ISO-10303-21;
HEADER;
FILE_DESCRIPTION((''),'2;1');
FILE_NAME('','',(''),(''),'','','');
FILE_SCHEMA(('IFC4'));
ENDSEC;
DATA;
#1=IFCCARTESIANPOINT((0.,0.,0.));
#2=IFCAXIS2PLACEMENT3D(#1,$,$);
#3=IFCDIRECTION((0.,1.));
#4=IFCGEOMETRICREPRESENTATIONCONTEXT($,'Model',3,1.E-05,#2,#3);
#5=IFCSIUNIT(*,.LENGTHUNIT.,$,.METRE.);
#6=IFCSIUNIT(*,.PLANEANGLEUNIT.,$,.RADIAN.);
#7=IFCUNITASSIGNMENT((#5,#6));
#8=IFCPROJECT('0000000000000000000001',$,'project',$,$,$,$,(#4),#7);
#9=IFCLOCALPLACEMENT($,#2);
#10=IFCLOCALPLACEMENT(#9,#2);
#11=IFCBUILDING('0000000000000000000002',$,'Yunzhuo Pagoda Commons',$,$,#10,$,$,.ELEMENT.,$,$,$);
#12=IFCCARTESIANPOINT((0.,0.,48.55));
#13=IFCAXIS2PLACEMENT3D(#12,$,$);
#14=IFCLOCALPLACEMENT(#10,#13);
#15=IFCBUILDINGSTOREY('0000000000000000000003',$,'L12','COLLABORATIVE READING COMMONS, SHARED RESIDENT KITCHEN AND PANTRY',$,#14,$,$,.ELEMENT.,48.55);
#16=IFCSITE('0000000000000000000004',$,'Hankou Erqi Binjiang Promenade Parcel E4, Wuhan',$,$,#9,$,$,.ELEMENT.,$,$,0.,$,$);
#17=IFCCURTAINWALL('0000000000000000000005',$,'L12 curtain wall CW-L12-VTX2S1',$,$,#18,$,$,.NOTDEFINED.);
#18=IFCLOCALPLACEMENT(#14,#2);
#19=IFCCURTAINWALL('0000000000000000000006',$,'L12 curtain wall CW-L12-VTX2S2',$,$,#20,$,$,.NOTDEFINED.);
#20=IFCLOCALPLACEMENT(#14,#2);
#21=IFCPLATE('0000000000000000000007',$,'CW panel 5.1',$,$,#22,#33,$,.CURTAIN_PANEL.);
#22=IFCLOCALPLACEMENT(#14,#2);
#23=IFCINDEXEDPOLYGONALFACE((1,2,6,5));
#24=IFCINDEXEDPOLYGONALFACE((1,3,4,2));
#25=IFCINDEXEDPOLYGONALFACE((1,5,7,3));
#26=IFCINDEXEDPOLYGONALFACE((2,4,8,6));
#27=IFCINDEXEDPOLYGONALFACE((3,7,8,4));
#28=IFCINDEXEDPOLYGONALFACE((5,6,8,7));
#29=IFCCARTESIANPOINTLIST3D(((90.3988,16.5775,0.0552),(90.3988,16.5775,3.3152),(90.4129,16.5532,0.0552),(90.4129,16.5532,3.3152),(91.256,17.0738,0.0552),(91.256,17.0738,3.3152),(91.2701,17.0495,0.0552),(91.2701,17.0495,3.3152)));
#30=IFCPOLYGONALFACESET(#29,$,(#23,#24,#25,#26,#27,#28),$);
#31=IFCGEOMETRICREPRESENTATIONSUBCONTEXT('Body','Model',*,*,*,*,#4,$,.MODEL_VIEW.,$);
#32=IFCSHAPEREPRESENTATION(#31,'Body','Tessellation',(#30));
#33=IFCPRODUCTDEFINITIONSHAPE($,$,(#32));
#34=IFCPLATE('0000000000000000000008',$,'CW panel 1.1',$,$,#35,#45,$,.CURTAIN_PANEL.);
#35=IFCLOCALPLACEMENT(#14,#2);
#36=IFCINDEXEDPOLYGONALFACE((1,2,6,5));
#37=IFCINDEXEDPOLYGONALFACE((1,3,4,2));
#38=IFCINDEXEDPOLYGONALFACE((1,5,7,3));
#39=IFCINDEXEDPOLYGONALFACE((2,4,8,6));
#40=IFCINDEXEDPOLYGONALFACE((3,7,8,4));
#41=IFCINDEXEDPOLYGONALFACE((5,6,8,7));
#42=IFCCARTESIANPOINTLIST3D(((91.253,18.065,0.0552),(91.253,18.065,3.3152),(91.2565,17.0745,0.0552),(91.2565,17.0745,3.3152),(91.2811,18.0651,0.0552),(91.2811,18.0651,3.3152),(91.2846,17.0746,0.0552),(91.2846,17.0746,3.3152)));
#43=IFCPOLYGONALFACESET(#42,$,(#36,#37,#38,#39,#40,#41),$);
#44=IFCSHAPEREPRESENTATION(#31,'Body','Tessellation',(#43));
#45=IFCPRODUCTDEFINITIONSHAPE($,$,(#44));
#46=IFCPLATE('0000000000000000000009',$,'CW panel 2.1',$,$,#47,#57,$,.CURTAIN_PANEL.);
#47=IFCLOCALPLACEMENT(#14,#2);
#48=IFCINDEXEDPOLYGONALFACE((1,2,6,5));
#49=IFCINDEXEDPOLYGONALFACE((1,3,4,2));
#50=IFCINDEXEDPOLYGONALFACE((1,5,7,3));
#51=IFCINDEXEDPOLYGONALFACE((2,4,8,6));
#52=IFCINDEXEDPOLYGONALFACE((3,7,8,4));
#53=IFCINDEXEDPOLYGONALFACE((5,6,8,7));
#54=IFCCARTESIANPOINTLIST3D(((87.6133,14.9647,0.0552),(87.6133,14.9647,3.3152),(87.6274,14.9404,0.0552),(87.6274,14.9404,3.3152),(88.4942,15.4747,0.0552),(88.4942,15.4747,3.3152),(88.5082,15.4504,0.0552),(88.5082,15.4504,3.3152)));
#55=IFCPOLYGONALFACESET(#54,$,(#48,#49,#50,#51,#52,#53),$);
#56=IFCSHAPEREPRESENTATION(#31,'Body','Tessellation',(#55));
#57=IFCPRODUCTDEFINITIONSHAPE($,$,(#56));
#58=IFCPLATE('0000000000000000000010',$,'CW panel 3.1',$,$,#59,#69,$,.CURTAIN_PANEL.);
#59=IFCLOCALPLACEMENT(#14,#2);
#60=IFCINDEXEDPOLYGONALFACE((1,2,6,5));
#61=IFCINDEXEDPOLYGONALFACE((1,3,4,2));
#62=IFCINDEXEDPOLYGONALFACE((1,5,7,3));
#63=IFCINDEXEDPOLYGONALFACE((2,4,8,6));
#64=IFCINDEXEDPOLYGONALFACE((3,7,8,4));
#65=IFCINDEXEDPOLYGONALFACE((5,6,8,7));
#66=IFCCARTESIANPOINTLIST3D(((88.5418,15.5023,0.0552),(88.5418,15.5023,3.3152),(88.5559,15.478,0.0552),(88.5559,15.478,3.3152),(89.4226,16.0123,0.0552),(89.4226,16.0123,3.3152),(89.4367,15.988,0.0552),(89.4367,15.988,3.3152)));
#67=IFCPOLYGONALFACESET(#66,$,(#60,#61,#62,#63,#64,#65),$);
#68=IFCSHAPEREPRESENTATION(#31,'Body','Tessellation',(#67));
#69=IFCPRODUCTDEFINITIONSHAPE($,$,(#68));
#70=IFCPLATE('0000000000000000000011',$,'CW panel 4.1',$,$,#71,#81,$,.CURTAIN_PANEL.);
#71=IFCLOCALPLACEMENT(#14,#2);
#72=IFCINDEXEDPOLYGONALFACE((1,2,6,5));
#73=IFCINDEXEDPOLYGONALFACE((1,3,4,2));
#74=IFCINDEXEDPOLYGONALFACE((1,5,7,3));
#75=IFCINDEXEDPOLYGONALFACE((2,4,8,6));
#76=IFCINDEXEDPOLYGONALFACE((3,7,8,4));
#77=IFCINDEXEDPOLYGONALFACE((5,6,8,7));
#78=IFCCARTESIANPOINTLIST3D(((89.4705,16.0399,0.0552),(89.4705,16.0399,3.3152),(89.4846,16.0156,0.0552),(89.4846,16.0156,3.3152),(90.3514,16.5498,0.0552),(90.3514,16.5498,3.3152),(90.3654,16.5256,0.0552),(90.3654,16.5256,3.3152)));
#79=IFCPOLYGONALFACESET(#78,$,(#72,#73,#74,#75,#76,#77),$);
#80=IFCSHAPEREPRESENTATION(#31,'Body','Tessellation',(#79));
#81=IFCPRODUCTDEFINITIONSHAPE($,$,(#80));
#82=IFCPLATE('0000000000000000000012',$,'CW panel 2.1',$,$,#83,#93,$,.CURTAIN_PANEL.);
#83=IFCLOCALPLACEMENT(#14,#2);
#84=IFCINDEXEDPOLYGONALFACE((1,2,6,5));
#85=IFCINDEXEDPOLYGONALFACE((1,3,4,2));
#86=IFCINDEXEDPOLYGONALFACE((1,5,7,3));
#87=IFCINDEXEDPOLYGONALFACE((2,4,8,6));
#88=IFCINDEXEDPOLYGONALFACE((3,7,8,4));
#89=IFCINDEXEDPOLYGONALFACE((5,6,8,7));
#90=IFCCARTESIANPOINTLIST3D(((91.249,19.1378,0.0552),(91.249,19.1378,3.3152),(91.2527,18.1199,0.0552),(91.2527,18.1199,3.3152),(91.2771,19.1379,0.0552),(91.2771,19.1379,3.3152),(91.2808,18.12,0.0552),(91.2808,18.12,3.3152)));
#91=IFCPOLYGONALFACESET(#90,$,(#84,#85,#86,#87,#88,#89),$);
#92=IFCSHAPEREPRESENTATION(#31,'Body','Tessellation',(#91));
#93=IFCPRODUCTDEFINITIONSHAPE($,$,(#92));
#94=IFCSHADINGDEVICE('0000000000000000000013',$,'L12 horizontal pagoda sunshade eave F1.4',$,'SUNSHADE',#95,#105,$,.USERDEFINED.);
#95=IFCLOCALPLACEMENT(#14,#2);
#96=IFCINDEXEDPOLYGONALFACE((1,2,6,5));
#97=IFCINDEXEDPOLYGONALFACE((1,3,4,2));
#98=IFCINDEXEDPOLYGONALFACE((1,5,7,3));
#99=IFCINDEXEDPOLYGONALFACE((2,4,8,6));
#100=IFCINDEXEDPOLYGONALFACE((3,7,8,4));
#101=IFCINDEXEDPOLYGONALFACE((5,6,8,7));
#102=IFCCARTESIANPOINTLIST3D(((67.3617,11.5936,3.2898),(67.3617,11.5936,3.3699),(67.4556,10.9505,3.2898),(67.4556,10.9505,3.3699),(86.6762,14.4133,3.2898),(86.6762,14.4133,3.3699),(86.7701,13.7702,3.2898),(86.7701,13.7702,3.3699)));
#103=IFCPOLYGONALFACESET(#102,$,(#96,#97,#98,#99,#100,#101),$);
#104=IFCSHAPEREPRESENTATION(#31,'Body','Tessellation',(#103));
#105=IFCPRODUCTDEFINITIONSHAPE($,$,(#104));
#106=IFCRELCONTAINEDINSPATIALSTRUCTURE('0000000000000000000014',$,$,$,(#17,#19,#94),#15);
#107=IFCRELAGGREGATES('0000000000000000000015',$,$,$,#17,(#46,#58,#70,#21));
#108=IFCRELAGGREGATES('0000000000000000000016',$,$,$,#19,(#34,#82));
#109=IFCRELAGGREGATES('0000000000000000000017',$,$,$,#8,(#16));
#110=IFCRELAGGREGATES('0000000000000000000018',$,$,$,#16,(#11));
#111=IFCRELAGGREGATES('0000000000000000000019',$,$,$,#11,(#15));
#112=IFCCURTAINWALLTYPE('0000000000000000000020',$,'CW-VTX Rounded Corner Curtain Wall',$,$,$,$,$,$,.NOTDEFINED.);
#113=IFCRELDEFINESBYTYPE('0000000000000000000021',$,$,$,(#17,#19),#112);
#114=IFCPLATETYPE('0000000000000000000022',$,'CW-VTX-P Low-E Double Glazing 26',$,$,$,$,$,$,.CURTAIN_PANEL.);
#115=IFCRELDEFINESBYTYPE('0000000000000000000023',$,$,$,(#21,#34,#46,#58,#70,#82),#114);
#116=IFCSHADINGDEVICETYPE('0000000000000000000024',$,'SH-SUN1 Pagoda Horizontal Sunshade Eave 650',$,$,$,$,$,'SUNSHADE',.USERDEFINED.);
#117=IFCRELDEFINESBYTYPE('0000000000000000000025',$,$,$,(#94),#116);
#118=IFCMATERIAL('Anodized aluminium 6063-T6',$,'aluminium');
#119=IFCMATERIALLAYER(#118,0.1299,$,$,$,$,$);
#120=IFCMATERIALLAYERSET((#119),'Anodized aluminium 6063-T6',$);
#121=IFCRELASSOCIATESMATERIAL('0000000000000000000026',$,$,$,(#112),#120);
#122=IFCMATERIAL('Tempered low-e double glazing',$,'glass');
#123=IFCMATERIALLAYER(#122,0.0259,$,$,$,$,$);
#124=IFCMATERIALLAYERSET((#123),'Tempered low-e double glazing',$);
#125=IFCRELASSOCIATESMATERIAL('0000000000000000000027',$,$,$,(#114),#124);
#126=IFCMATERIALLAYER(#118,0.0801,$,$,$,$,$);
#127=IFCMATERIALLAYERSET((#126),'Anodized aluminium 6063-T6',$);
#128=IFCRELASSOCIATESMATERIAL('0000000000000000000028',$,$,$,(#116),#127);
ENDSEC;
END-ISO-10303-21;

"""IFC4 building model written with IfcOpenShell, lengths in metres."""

from ifc_helpers import new_model, si_unit, direction, frame, origin, origin_2d, place, context, subcontext, project, spatial, rectangle, extrude, source, transform, mapped, material, layer, layer_set, type_object, element, aggregate, save


model = new_model("IFC4")

# Units and contexts
model_context = context("Model", 3, precision=1e-05, world=origin(), true_north=direction((0.0, 1.0)))
body_context = subcontext(model_context, "Body", "Model", "MODEL_VIEW")
ifc_project = project(units=[si_unit("LENGTHUNIT", "METRE"), si_unit("PLANEANGLEUNIT", "RADIAN")], contexts=[model_context])

# Site, building, storey
site_placement = place(None, origin())
site = spatial("IfcSite", under=ifc_project, at=site_placement, Name="Hankou Erqi Binjiang Promenade Parcel E4, Wuhan", CompositionType="ELEMENT", RefElevation=0.0)
building_placement = place(site_placement, origin())
building = spatial("IfcBuilding", under=site, at=building_placement, Name="Yunzhuo Pagoda Commons", CompositionType="ELEMENT")
storey_placement = place(building_placement, frame((0.0, 0.0, 48.55)))
storey = spatial("IfcBuildingStorey", under=building, at=storey_placement, Name="L12", Description="COLLABORATIVE READING COMMONS, SHARED RESIDENT KITCHEN AND PANTRY", CompositionType="ELEMENT", Elevation=48.55)

# Shared definitions
ifc_material_1 = material(Name="Anodized aluminium 6063-T6", Category="aluminium")

# Curtain wall
ifc_layer_1 = layer(ifc_material_1, 0.1299)
ifc_layer_set_1 = layer_set([ifc_layer_1], Name="Anodized aluminium 6063-T6")
curtain_wall_type_1 = type_object("IfcCurtainWallType", Name="CW-VTX Rounded Corner Curtain Wall", PredefinedType="NOTDEFINED", material=ifc_layer_set_1)
curtain_wall_1_placement = place(storey_placement, origin())
curtain_wall_1 = element("IfcCurtainWall", 1, at=curtain_wall_1_placement, inside=storey, type_object=curtain_wall_type_1, Name="L12 curtain wall CW-L12-VTX2S1", PredefinedType="NOTDEFINED")

# Curtain wall
curtain_wall_2_placement = place(storey_placement, origin())
curtain_wall_2 = element("IfcCurtainWall", 2, at=curtain_wall_2_placement, inside=storey, type_object=curtain_wall_type_1, Name="L12 curtain wall CW-L12-VTX2S2", PredefinedType="NOTDEFINED")

# Plates
ifc_material_2 = material(Name="Tempered low-e double glazing", Category="glass")
ifc_layer_2 = layer(ifc_material_2, 0.0259)
ifc_layer_set_2 = layer_set([ifc_layer_2], Name="Tempered low-e double glazing")
plate_type = type_object("IfcPlateType", Name="CW-VTX-P Low-E Double Glazing 26", PredefinedType="CURTAIN_PANEL", material=ifc_layer_set_2)
shared_shape_1 = source(origin(), body_context, "Body", "SweptSolid", [
    extrude(rectangle(XDim=0.9905, YDim=0.0281, at=origin_2d()), origin(), (0.0, 0.0, 1.0), 3.26),
])
plate_1_placement = place(storey_placement, frame((90.8345, 16.8135, 0.0552), z_axis=(0.0, 0.0, 1.0), x_axis=(0.865423, 0.501041, 0.0)))
plate_1 = element("IfcPlate", 3, at=plate_1_placement, type_object=plate_type, Name="CW panel 5.1", PredefinedType="CURTAIN_PANEL", context=body_context, shape_type="MappedRepresentation", body=[
    mapped(shared_shape_1, transform((0.0, 0.0, 0.0), scale=1.0)),
])
plate_2_placement = place(storey_placement, frame((91.2688, 17.5698, 0.0552), z_axis=(0.0, 0.0, 1.0), x_axis=(-0.003579, 0.999994, 0.0)))
plate_2 = element("IfcPlate", 4, at=plate_2_placement, type_object=plate_type, Name="CW panel 1.1", PredefinedType="CURTAIN_PANEL", context=body_context, shape_type="MappedRepresentation", body=[
    mapped(shared_shape_1, transform((0.0, 0.0, 0.0), scale=1.0)),
])
shared_shape_2 = source(origin(), body_context, "Body", "SweptSolid", [
    extrude(rectangle(XDim=1.0178, YDim=0.0281, at=origin_2d()), origin(), (0.0, 0.0, 1.0), 3.26),
])
plate_3_placement = place(storey_placement, frame((88.0608, 15.2075, 0.0552), z_axis=(0.0, 0.0, 1.0), x_axis=(0.865423, 0.501041, 0.0)))
plate_3 = element("IfcPlate", 5, at=plate_3_placement, type_object=plate_type, Name="CW panel 2.1", PredefinedType="CURTAIN_PANEL", context=body_context, shape_type="MappedRepresentation", body=[
    mapped(shared_shape_2, transform((0.0, 0.0, 0.0), scale=1.0)),
])
plate_4_placement = place(storey_placement, frame((88.9893, 15.7451, 0.0552), z_axis=(0.0, 0.0, 1.0), x_axis=(0.865423, 0.501041, 0.0)))
plate_4 = element("IfcPlate", 6, at=plate_4_placement, type_object=plate_type, Name="CW panel 3.1", PredefinedType="CURTAIN_PANEL", context=body_context, shape_type="MappedRepresentation", body=[
    mapped(shared_shape_2, transform((0.0, 0.0, 0.0), scale=1.0)),
])
plate_5_placement = place(storey_placement, frame((89.918, 16.2827, 0.0552), z_axis=(0.0, 0.0, 1.0), x_axis=(0.865423, 0.501041, 0.0)))
plate_5 = element("IfcPlate", 7, at=plate_5_placement, type_object=plate_type, Name="CW panel 4.1", PredefinedType="CURTAIN_PANEL", context=body_context, shape_type="MappedRepresentation", body=[
    mapped(shared_shape_2, transform((0.0, 0.0, 0.0), scale=1.0)),
])
aggregate(curtain_wall_1, [plate_3, plate_4, plate_5, plate_1])
plate_6_placement = place(storey_placement, frame((91.2649, 18.6289, 0.0552), z_axis=(0.0, 0.0, 1.0), x_axis=(-0.003579, 0.999994, 0.0)))
plate_6 = element("IfcPlate", 8, at=plate_6_placement, type_object=plate_type, Name="CW panel 2.1", PredefinedType="CURTAIN_PANEL", context=body_context, shape_type="MappedRepresentation", body=[
    mapped(shared_shape_2, transform((0.0, 0.0, 0.0), scale=1.0)),
])
aggregate(curtain_wall_2, [plate_2, plate_6])

# Shading device
ifc_layer_3 = layer(ifc_material_1, 0.0801)
ifc_layer_set_3 = layer_set([ifc_layer_3], Name="Anodized aluminium 6063-T6")
shading_device_type = type_object("IfcShadingDeviceType", Name="SH-SUN1 Pagoda Horizontal Sunshade Eave 650", ElementType="SUNSHADE", PredefinedType="USERDEFINED", material=ifc_layer_set_3)
shared_shape_3 = source(origin(), body_context, "Body", "SweptSolid", [
    extrude(rectangle(XDim=19.5193, YDim=0.6499, at=origin_2d()), origin(), (0.0, 0.0, 1.0), 0.0801),
])
shading_device_placement = place(storey_placement, frame((77.0659, 12.6819, 3.2898), z_axis=(0.0, 0.0, 1.0), x_axis=(0.989511, 0.14446, 0.0)))
element("IfcShadingDevice", 9, at=shading_device_placement, inside=storey, type_object=shading_device_type, Name="L12 horizontal pagoda sunshade eave F1.4", ObjectType="SUNSHADE", PredefinedType="USERDEFINED", context=body_context, shape_type="MappedRepresentation", body=[
    mapped(shared_shape_3, transform((0.0, 0.0, 0.0), scale=1.0)),
])

save(model, "model.ifc")
